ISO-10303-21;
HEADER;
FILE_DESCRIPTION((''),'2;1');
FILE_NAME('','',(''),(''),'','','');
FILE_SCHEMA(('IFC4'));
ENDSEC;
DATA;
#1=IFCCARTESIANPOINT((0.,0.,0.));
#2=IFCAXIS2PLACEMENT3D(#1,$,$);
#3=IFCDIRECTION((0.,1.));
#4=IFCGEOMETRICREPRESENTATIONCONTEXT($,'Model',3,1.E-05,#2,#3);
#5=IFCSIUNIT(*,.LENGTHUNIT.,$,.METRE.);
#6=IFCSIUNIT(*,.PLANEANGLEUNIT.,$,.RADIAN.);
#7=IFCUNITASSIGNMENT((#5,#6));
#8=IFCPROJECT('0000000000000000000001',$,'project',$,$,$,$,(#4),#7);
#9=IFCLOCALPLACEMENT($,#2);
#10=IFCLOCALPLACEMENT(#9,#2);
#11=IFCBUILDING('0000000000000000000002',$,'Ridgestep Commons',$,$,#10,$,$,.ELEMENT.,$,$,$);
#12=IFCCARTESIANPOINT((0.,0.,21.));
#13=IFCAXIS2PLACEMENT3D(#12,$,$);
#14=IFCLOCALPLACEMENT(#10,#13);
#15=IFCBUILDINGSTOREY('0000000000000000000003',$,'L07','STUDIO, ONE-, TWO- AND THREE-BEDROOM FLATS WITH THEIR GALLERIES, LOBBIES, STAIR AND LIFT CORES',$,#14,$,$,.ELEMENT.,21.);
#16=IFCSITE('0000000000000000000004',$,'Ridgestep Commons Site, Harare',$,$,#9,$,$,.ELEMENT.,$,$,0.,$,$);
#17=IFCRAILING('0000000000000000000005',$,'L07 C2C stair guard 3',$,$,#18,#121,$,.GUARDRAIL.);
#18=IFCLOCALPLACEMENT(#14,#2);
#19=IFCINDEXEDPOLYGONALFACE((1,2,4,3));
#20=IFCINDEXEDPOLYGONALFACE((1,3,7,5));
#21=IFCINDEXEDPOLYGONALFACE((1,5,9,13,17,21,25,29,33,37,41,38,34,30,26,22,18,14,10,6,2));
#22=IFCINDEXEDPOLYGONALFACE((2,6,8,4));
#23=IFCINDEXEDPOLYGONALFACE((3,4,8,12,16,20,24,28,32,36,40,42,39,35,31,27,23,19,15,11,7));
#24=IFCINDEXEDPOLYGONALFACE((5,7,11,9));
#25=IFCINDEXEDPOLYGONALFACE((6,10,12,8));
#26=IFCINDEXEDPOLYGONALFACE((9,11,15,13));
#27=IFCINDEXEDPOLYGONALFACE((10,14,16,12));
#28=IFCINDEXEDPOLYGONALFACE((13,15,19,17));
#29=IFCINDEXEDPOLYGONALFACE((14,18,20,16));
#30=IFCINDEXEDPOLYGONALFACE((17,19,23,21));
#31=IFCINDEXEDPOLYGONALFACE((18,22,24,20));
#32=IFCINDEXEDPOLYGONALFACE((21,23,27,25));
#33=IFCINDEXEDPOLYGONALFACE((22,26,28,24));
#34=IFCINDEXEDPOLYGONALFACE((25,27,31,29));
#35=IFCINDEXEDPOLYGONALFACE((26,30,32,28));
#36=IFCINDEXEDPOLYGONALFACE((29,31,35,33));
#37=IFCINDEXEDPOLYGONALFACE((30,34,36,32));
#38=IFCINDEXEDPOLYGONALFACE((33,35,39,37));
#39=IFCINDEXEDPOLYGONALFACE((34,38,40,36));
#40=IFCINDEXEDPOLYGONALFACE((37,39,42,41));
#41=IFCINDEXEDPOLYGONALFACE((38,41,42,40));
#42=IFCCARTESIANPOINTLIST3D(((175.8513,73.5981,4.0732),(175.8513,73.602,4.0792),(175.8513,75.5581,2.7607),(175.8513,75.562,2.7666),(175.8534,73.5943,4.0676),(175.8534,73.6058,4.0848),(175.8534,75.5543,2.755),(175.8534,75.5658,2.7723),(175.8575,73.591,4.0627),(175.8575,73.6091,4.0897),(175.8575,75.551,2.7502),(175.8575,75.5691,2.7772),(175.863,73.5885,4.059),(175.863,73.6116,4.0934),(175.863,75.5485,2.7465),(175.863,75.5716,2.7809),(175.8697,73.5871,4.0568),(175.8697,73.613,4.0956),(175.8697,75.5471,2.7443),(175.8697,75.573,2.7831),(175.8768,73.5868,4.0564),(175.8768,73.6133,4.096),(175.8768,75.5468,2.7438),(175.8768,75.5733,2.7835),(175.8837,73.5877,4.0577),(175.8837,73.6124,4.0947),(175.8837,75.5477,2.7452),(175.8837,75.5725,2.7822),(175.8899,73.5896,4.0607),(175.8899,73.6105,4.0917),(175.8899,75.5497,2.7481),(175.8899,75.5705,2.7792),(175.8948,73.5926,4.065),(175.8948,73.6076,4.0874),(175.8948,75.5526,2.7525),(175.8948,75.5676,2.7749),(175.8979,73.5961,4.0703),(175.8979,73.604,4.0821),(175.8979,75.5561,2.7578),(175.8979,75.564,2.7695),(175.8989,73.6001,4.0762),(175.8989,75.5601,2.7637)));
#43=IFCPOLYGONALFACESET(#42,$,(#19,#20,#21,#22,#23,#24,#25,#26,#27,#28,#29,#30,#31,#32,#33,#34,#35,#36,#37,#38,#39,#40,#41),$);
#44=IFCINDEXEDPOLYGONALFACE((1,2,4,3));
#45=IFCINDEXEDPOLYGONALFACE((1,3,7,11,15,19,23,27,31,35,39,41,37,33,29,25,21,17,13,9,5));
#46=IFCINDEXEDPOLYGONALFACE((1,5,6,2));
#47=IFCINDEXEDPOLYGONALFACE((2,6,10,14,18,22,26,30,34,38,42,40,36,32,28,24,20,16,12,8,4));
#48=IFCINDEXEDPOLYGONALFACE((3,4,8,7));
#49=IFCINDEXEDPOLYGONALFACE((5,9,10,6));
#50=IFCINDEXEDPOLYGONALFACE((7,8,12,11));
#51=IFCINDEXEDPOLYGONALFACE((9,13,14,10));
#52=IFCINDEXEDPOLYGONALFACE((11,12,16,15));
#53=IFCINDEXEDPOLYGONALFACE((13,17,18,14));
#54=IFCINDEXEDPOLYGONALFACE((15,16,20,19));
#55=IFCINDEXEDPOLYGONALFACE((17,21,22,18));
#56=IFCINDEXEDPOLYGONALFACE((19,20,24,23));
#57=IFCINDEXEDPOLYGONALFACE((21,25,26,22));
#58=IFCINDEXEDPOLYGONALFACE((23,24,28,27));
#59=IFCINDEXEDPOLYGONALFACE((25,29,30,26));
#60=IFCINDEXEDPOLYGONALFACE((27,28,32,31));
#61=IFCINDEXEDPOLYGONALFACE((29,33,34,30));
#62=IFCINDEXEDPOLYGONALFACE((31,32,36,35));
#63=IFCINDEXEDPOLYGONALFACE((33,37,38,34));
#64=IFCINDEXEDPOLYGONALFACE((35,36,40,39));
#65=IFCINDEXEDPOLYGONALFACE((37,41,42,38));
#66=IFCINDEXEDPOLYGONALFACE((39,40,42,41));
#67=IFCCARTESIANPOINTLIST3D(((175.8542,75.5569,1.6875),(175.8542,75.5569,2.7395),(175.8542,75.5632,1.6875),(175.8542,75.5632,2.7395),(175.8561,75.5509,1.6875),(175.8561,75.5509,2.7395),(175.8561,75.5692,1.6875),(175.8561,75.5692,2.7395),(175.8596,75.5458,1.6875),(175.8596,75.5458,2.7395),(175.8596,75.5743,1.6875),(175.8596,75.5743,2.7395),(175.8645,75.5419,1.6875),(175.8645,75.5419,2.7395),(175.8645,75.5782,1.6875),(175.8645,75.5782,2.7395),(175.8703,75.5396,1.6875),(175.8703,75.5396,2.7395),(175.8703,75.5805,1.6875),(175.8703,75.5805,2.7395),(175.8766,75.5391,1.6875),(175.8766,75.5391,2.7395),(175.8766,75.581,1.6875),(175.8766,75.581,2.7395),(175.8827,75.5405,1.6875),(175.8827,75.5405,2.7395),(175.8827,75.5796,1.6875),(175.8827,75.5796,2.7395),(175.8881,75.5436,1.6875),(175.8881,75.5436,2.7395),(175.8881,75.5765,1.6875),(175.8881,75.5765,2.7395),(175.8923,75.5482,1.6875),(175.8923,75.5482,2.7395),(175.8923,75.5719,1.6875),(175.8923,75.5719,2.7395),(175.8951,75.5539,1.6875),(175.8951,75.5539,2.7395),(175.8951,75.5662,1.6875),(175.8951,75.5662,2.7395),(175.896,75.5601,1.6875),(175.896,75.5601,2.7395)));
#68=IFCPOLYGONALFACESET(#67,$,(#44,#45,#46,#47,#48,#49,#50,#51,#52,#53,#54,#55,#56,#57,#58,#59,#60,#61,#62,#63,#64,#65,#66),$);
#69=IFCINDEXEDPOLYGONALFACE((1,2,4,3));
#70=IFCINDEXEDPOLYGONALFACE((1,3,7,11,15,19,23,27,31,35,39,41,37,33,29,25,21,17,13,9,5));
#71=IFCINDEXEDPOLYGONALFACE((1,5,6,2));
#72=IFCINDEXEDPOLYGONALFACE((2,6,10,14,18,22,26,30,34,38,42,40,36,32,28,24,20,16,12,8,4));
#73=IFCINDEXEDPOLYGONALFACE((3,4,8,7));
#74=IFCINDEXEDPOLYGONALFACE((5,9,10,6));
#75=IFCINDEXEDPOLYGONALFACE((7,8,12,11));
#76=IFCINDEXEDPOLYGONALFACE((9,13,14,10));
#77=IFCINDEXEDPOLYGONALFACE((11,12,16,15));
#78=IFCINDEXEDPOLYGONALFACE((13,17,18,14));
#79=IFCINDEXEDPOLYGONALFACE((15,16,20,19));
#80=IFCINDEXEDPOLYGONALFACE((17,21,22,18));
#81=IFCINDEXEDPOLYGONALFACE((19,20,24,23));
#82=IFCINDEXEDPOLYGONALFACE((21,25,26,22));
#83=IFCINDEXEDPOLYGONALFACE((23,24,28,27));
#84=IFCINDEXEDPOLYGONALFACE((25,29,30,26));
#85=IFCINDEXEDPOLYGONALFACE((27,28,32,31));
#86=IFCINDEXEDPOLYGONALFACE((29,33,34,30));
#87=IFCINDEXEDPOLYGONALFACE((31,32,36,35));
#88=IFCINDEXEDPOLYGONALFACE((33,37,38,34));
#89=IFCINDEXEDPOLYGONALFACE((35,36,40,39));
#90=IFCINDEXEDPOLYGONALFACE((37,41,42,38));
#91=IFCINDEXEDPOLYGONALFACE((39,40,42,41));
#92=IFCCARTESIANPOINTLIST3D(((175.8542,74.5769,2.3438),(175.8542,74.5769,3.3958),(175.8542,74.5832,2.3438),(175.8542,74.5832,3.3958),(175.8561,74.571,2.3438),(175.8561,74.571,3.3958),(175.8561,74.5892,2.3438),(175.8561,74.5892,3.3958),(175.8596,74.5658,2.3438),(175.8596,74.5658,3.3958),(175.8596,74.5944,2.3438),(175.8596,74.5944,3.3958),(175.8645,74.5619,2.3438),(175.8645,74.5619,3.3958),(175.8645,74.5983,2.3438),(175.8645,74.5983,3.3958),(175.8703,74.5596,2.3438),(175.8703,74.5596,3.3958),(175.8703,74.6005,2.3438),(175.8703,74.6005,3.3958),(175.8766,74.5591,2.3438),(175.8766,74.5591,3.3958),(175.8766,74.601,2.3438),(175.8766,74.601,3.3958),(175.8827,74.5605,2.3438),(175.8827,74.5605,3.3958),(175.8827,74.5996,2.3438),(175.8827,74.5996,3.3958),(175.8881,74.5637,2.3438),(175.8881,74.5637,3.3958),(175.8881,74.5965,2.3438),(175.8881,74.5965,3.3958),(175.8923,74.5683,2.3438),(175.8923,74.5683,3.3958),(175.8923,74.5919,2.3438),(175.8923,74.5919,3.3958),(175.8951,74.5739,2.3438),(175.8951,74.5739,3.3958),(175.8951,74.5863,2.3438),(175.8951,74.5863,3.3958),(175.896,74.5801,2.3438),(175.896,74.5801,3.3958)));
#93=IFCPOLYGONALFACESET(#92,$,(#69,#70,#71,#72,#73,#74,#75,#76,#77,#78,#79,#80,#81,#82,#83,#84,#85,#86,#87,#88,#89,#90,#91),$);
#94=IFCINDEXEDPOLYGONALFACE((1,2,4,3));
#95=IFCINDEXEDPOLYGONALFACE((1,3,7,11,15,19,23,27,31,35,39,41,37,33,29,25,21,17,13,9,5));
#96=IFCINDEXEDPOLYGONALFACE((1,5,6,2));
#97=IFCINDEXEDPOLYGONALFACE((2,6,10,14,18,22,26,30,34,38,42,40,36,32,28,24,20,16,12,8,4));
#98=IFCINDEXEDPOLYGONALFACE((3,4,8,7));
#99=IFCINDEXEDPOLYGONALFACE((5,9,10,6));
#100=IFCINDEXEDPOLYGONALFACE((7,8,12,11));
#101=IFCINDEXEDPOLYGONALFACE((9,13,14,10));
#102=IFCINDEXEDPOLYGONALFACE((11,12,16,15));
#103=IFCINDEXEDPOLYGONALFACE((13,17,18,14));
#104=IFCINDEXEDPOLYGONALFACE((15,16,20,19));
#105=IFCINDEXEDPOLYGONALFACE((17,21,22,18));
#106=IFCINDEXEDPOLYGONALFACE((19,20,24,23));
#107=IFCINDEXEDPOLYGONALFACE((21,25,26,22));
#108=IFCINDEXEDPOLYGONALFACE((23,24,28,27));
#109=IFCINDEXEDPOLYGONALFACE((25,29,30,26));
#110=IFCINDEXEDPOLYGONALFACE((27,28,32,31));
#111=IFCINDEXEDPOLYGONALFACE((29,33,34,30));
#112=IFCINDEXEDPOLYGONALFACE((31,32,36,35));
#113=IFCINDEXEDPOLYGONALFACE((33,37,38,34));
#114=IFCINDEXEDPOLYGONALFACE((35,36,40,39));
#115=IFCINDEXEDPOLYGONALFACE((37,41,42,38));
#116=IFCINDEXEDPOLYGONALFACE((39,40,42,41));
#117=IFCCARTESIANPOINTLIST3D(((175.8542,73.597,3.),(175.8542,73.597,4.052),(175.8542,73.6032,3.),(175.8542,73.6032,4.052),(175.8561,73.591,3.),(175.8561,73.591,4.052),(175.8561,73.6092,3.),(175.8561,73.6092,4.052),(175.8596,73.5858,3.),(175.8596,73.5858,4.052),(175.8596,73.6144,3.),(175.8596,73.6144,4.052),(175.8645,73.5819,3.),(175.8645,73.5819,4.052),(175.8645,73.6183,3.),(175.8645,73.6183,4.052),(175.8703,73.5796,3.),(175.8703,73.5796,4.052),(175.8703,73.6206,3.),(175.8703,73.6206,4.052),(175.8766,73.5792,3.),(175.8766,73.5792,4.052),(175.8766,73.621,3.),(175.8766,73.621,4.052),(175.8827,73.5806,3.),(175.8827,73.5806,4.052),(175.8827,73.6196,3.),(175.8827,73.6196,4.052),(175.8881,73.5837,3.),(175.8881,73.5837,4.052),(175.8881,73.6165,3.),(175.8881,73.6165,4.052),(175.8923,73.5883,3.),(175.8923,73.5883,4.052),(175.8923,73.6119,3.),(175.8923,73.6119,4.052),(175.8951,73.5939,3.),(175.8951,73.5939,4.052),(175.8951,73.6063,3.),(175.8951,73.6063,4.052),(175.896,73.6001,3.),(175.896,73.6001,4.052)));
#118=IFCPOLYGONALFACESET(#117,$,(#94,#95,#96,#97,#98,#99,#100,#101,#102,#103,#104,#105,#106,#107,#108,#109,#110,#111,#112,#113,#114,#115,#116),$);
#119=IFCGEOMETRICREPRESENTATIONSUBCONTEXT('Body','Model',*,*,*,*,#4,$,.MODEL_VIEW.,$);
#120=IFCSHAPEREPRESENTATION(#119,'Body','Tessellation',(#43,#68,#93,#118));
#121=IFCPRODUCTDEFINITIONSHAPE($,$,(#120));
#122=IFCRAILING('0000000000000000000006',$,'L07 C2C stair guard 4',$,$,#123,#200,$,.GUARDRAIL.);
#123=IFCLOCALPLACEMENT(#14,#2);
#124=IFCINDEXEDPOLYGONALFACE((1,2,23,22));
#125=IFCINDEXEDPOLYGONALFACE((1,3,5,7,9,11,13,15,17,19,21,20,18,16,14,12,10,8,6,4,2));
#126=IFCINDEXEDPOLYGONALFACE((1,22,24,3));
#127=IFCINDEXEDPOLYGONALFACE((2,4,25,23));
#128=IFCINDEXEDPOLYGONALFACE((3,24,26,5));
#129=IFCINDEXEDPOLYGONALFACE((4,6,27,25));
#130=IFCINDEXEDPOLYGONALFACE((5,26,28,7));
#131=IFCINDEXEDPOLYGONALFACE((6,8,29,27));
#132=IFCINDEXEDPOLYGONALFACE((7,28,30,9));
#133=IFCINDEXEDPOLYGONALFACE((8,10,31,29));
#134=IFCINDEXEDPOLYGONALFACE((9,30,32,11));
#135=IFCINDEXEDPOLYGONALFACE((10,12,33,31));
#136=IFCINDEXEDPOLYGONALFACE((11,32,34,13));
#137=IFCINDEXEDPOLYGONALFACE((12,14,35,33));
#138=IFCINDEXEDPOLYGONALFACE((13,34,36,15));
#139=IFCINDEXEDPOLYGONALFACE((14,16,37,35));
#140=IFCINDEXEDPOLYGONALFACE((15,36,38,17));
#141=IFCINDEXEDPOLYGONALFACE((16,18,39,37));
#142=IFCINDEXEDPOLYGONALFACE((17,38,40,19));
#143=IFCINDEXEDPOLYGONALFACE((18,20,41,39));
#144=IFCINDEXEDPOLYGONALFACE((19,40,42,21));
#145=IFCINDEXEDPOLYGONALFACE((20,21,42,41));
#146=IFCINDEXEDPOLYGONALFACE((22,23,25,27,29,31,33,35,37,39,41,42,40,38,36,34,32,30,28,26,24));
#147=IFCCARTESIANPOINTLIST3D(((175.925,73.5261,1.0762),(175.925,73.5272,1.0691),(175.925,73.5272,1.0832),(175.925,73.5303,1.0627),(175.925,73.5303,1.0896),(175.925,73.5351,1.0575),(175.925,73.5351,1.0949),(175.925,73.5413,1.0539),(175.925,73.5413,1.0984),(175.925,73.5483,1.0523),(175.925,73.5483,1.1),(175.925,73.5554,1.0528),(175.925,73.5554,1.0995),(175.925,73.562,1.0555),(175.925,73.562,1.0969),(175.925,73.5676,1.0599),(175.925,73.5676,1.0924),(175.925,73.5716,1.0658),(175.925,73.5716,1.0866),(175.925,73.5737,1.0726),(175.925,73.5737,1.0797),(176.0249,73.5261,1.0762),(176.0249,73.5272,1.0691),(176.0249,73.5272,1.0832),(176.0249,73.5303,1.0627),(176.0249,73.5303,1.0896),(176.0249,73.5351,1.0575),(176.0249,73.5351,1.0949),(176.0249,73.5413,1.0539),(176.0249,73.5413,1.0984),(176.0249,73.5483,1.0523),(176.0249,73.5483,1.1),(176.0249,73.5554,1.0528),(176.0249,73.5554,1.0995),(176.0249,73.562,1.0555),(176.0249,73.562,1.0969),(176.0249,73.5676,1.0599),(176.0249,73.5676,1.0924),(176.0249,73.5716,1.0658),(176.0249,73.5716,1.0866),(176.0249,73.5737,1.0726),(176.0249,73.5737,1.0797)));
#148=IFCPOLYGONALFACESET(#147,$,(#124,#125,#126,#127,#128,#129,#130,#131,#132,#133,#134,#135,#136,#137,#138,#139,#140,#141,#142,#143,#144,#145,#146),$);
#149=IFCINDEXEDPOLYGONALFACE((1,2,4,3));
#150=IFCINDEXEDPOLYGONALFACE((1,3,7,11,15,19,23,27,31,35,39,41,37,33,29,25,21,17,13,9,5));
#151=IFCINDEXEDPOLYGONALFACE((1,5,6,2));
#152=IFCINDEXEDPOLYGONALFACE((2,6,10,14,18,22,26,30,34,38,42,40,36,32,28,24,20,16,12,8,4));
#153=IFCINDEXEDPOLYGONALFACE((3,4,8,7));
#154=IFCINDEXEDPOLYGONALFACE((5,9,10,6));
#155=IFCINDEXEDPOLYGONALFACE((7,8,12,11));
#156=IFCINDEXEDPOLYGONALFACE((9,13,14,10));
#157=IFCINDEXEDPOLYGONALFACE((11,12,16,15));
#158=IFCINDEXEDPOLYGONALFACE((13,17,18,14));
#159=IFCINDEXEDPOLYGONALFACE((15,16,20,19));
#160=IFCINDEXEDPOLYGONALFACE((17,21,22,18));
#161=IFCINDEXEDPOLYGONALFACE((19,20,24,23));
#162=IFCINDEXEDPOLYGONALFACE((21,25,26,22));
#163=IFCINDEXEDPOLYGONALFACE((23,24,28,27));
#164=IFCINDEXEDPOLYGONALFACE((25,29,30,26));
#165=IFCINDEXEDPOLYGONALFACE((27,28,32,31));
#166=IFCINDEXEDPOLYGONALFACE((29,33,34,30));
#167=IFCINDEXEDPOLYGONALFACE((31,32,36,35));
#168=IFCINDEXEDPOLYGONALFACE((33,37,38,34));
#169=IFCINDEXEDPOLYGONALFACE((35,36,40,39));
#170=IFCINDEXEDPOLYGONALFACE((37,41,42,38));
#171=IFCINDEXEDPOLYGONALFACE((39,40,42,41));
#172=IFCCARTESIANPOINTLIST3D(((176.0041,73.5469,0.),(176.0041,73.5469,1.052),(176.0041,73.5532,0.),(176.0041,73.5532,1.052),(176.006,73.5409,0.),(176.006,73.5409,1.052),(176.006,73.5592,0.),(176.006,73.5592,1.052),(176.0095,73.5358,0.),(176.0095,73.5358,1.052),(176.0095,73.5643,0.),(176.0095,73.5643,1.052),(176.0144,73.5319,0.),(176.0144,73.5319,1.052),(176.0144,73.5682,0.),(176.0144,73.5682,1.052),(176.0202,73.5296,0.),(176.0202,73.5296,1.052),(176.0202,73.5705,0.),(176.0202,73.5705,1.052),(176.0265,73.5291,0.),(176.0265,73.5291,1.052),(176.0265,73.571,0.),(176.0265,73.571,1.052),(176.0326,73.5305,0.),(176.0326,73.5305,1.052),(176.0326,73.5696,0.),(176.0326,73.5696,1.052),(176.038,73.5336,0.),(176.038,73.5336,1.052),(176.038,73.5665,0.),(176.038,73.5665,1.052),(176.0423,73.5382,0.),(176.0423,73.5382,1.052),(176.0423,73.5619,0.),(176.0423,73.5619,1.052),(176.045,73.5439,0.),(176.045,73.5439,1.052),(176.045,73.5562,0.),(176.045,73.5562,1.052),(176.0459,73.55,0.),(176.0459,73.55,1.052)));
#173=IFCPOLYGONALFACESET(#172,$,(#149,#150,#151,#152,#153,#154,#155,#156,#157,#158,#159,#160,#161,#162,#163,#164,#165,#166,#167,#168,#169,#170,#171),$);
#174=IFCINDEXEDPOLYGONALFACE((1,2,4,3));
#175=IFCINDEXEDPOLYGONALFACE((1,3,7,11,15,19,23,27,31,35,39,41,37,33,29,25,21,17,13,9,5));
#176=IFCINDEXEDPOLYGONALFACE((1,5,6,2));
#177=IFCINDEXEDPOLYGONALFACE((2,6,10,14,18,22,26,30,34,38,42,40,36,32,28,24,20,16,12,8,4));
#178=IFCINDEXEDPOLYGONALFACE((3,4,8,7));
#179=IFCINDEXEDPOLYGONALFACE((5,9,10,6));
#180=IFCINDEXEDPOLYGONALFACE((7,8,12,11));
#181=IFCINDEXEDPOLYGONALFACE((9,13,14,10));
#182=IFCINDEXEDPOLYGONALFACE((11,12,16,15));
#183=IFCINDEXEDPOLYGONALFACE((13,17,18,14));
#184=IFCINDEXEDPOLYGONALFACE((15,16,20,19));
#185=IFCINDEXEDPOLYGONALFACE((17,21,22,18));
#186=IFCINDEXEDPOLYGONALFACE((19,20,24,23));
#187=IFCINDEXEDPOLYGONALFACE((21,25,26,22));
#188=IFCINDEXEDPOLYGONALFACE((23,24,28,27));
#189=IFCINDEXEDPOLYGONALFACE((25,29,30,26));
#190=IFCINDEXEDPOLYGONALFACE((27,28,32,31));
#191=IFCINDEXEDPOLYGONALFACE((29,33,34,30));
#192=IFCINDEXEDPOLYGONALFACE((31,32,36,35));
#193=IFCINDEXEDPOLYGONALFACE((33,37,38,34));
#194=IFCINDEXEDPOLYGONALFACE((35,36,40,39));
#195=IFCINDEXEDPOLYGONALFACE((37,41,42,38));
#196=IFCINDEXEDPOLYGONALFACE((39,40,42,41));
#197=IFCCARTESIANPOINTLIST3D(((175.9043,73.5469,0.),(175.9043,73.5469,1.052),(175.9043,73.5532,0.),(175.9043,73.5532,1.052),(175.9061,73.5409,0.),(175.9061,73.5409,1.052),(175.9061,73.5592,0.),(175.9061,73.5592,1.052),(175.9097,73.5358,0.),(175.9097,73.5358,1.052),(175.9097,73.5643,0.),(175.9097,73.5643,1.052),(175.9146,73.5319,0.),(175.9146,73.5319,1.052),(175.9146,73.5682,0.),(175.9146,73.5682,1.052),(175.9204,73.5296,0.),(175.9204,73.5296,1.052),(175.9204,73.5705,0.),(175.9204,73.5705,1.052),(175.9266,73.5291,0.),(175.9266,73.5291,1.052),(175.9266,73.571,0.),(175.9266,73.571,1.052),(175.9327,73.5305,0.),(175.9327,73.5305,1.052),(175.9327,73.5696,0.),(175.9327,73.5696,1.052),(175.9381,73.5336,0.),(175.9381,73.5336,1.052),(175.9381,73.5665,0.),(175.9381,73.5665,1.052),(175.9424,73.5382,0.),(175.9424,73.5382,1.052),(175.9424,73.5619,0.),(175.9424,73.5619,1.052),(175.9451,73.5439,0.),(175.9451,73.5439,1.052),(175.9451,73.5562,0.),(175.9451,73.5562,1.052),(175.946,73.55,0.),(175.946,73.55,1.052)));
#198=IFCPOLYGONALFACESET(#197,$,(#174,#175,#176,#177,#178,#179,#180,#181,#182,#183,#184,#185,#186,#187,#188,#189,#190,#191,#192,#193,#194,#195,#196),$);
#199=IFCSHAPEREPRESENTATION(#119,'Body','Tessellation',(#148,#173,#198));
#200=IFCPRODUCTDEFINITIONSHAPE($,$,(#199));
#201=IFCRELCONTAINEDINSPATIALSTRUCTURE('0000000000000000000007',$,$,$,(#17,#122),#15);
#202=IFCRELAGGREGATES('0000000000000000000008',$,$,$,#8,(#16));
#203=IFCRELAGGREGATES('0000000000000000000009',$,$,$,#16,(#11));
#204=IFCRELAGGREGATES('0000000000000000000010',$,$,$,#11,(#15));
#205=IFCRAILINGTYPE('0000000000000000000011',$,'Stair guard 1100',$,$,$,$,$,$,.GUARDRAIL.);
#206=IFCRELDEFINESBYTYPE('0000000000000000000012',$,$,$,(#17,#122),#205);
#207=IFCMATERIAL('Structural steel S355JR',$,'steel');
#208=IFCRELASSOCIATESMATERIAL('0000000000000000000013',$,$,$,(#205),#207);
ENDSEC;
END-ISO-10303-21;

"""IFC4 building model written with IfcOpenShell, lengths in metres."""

from ifc_helpers import new_model, si_unit, direction, frame, origin, origin_2d, place, context, subcontext, project, spatial, circle, extrude, material, type_object, element, save


model = new_model("IFC4")

# Units and contexts
model_context = context("Model", 3, precision=1e-05, world=origin(), true_north=direction((0.0, 1.0)))
body_context = subcontext(model_context, "Body", "Model", "MODEL_VIEW")
ifc_project = project(units=[si_unit("LENGTHUNIT", "METRE"), si_unit("PLANEANGLEUNIT", "RADIAN")], contexts=[model_context])

# Site, building, storey
site_placement = place(None, origin())
site = spatial("IfcSite", under=ifc_project, at=site_placement, Name="Ridgestep Commons Site, Harare", CompositionType="ELEMENT", RefElevation=0.0)
building_placement = place(site_placement, origin())
building = spatial("IfcBuilding", under=site, at=building_placement, Name="Ridgestep Commons", CompositionType="ELEMENT")
storey_placement = place(building_placement, frame((0.0, 0.0, 21.0)))
storey = spatial("IfcBuildingStorey", under=building, at=storey_placement, Name="L07", Description="STUDIO, ONE-, TWO- AND THREE-BEDROOM FLATS WITH THEIR GALLERIES, LOBBIES, STAIR AND LIFT CORES", CompositionType="ELEMENT", Elevation=21.0)

# Railings
ifc_material_1 = material(Name="Structural steel S355JR", Category="steel")
railing_type_1 = type_object("IfcRailingType", Name="Stair guard 1100", PredefinedType="GUARDRAIL", material=ifc_material_1)
railing_1_placement = place(storey_placement, frame((175.875, 75.5601, 1.6875)))
element("IfcRailing", 1, at=railing_1_placement, inside=storey, type_object=railing_type_1, Name="L07 C2C stair guard 3", PredefinedType="GUARDRAIL", context=body_context, shape_type="SweptSolid", body=[
    extrude(circle(Radius=0.0239, at=origin_2d()), frame((0.0, 0.0, 1.0762), z_axis=(0.0, -0.830902, 0.556419), x_axis=(1.0, 0.0, 0.0)), (0.0, 0.0, 1.0), 2.3589),
    extrude(circle(Radius=0.021, at=origin_2d()), origin(), (0.0, 0.0, 1.0), 1.052),
    extrude(circle(Radius=0.021, at=origin_2d()), frame((0.0, -0.98, 0.6562)), (0.0, 0.0, 1.0), 1.052),
    extrude(circle(Radius=0.021, at=origin_2d()), frame((0.0, -1.96, 1.3125)), (0.0, 0.0, 1.0), 1.052),
])
railing_2_placement = place(storey_placement, frame((176.0249, 73.55, 0.0)))
element("IfcRailing", 2, at=railing_2_placement, inside=storey, type_object=railing_type_1, Name="L07 C2C stair guard 4", PredefinedType="GUARDRAIL", context=body_context, shape_type="SweptSolid", body=[
    extrude(circle(Radius=0.0239, at=origin_2d()), frame((0.0, 0.0, 1.0762), z_axis=(-1.0, 0.0, 0.0), x_axis=(0.0, -1.0, 0.0)), (0.0, 0.0, 1.0), 0.0999),
    extrude(circle(Radius=0.021, at=origin_2d()), origin(), (0.0, 0.0, 1.0), 1.052),
    extrude(circle(Radius=0.021, at=origin_2d()), frame((-0.0999, 0.0, 0.0)), (0.0, 0.0, 1.0), 1.052),
])

save(model, "model.ifc")
